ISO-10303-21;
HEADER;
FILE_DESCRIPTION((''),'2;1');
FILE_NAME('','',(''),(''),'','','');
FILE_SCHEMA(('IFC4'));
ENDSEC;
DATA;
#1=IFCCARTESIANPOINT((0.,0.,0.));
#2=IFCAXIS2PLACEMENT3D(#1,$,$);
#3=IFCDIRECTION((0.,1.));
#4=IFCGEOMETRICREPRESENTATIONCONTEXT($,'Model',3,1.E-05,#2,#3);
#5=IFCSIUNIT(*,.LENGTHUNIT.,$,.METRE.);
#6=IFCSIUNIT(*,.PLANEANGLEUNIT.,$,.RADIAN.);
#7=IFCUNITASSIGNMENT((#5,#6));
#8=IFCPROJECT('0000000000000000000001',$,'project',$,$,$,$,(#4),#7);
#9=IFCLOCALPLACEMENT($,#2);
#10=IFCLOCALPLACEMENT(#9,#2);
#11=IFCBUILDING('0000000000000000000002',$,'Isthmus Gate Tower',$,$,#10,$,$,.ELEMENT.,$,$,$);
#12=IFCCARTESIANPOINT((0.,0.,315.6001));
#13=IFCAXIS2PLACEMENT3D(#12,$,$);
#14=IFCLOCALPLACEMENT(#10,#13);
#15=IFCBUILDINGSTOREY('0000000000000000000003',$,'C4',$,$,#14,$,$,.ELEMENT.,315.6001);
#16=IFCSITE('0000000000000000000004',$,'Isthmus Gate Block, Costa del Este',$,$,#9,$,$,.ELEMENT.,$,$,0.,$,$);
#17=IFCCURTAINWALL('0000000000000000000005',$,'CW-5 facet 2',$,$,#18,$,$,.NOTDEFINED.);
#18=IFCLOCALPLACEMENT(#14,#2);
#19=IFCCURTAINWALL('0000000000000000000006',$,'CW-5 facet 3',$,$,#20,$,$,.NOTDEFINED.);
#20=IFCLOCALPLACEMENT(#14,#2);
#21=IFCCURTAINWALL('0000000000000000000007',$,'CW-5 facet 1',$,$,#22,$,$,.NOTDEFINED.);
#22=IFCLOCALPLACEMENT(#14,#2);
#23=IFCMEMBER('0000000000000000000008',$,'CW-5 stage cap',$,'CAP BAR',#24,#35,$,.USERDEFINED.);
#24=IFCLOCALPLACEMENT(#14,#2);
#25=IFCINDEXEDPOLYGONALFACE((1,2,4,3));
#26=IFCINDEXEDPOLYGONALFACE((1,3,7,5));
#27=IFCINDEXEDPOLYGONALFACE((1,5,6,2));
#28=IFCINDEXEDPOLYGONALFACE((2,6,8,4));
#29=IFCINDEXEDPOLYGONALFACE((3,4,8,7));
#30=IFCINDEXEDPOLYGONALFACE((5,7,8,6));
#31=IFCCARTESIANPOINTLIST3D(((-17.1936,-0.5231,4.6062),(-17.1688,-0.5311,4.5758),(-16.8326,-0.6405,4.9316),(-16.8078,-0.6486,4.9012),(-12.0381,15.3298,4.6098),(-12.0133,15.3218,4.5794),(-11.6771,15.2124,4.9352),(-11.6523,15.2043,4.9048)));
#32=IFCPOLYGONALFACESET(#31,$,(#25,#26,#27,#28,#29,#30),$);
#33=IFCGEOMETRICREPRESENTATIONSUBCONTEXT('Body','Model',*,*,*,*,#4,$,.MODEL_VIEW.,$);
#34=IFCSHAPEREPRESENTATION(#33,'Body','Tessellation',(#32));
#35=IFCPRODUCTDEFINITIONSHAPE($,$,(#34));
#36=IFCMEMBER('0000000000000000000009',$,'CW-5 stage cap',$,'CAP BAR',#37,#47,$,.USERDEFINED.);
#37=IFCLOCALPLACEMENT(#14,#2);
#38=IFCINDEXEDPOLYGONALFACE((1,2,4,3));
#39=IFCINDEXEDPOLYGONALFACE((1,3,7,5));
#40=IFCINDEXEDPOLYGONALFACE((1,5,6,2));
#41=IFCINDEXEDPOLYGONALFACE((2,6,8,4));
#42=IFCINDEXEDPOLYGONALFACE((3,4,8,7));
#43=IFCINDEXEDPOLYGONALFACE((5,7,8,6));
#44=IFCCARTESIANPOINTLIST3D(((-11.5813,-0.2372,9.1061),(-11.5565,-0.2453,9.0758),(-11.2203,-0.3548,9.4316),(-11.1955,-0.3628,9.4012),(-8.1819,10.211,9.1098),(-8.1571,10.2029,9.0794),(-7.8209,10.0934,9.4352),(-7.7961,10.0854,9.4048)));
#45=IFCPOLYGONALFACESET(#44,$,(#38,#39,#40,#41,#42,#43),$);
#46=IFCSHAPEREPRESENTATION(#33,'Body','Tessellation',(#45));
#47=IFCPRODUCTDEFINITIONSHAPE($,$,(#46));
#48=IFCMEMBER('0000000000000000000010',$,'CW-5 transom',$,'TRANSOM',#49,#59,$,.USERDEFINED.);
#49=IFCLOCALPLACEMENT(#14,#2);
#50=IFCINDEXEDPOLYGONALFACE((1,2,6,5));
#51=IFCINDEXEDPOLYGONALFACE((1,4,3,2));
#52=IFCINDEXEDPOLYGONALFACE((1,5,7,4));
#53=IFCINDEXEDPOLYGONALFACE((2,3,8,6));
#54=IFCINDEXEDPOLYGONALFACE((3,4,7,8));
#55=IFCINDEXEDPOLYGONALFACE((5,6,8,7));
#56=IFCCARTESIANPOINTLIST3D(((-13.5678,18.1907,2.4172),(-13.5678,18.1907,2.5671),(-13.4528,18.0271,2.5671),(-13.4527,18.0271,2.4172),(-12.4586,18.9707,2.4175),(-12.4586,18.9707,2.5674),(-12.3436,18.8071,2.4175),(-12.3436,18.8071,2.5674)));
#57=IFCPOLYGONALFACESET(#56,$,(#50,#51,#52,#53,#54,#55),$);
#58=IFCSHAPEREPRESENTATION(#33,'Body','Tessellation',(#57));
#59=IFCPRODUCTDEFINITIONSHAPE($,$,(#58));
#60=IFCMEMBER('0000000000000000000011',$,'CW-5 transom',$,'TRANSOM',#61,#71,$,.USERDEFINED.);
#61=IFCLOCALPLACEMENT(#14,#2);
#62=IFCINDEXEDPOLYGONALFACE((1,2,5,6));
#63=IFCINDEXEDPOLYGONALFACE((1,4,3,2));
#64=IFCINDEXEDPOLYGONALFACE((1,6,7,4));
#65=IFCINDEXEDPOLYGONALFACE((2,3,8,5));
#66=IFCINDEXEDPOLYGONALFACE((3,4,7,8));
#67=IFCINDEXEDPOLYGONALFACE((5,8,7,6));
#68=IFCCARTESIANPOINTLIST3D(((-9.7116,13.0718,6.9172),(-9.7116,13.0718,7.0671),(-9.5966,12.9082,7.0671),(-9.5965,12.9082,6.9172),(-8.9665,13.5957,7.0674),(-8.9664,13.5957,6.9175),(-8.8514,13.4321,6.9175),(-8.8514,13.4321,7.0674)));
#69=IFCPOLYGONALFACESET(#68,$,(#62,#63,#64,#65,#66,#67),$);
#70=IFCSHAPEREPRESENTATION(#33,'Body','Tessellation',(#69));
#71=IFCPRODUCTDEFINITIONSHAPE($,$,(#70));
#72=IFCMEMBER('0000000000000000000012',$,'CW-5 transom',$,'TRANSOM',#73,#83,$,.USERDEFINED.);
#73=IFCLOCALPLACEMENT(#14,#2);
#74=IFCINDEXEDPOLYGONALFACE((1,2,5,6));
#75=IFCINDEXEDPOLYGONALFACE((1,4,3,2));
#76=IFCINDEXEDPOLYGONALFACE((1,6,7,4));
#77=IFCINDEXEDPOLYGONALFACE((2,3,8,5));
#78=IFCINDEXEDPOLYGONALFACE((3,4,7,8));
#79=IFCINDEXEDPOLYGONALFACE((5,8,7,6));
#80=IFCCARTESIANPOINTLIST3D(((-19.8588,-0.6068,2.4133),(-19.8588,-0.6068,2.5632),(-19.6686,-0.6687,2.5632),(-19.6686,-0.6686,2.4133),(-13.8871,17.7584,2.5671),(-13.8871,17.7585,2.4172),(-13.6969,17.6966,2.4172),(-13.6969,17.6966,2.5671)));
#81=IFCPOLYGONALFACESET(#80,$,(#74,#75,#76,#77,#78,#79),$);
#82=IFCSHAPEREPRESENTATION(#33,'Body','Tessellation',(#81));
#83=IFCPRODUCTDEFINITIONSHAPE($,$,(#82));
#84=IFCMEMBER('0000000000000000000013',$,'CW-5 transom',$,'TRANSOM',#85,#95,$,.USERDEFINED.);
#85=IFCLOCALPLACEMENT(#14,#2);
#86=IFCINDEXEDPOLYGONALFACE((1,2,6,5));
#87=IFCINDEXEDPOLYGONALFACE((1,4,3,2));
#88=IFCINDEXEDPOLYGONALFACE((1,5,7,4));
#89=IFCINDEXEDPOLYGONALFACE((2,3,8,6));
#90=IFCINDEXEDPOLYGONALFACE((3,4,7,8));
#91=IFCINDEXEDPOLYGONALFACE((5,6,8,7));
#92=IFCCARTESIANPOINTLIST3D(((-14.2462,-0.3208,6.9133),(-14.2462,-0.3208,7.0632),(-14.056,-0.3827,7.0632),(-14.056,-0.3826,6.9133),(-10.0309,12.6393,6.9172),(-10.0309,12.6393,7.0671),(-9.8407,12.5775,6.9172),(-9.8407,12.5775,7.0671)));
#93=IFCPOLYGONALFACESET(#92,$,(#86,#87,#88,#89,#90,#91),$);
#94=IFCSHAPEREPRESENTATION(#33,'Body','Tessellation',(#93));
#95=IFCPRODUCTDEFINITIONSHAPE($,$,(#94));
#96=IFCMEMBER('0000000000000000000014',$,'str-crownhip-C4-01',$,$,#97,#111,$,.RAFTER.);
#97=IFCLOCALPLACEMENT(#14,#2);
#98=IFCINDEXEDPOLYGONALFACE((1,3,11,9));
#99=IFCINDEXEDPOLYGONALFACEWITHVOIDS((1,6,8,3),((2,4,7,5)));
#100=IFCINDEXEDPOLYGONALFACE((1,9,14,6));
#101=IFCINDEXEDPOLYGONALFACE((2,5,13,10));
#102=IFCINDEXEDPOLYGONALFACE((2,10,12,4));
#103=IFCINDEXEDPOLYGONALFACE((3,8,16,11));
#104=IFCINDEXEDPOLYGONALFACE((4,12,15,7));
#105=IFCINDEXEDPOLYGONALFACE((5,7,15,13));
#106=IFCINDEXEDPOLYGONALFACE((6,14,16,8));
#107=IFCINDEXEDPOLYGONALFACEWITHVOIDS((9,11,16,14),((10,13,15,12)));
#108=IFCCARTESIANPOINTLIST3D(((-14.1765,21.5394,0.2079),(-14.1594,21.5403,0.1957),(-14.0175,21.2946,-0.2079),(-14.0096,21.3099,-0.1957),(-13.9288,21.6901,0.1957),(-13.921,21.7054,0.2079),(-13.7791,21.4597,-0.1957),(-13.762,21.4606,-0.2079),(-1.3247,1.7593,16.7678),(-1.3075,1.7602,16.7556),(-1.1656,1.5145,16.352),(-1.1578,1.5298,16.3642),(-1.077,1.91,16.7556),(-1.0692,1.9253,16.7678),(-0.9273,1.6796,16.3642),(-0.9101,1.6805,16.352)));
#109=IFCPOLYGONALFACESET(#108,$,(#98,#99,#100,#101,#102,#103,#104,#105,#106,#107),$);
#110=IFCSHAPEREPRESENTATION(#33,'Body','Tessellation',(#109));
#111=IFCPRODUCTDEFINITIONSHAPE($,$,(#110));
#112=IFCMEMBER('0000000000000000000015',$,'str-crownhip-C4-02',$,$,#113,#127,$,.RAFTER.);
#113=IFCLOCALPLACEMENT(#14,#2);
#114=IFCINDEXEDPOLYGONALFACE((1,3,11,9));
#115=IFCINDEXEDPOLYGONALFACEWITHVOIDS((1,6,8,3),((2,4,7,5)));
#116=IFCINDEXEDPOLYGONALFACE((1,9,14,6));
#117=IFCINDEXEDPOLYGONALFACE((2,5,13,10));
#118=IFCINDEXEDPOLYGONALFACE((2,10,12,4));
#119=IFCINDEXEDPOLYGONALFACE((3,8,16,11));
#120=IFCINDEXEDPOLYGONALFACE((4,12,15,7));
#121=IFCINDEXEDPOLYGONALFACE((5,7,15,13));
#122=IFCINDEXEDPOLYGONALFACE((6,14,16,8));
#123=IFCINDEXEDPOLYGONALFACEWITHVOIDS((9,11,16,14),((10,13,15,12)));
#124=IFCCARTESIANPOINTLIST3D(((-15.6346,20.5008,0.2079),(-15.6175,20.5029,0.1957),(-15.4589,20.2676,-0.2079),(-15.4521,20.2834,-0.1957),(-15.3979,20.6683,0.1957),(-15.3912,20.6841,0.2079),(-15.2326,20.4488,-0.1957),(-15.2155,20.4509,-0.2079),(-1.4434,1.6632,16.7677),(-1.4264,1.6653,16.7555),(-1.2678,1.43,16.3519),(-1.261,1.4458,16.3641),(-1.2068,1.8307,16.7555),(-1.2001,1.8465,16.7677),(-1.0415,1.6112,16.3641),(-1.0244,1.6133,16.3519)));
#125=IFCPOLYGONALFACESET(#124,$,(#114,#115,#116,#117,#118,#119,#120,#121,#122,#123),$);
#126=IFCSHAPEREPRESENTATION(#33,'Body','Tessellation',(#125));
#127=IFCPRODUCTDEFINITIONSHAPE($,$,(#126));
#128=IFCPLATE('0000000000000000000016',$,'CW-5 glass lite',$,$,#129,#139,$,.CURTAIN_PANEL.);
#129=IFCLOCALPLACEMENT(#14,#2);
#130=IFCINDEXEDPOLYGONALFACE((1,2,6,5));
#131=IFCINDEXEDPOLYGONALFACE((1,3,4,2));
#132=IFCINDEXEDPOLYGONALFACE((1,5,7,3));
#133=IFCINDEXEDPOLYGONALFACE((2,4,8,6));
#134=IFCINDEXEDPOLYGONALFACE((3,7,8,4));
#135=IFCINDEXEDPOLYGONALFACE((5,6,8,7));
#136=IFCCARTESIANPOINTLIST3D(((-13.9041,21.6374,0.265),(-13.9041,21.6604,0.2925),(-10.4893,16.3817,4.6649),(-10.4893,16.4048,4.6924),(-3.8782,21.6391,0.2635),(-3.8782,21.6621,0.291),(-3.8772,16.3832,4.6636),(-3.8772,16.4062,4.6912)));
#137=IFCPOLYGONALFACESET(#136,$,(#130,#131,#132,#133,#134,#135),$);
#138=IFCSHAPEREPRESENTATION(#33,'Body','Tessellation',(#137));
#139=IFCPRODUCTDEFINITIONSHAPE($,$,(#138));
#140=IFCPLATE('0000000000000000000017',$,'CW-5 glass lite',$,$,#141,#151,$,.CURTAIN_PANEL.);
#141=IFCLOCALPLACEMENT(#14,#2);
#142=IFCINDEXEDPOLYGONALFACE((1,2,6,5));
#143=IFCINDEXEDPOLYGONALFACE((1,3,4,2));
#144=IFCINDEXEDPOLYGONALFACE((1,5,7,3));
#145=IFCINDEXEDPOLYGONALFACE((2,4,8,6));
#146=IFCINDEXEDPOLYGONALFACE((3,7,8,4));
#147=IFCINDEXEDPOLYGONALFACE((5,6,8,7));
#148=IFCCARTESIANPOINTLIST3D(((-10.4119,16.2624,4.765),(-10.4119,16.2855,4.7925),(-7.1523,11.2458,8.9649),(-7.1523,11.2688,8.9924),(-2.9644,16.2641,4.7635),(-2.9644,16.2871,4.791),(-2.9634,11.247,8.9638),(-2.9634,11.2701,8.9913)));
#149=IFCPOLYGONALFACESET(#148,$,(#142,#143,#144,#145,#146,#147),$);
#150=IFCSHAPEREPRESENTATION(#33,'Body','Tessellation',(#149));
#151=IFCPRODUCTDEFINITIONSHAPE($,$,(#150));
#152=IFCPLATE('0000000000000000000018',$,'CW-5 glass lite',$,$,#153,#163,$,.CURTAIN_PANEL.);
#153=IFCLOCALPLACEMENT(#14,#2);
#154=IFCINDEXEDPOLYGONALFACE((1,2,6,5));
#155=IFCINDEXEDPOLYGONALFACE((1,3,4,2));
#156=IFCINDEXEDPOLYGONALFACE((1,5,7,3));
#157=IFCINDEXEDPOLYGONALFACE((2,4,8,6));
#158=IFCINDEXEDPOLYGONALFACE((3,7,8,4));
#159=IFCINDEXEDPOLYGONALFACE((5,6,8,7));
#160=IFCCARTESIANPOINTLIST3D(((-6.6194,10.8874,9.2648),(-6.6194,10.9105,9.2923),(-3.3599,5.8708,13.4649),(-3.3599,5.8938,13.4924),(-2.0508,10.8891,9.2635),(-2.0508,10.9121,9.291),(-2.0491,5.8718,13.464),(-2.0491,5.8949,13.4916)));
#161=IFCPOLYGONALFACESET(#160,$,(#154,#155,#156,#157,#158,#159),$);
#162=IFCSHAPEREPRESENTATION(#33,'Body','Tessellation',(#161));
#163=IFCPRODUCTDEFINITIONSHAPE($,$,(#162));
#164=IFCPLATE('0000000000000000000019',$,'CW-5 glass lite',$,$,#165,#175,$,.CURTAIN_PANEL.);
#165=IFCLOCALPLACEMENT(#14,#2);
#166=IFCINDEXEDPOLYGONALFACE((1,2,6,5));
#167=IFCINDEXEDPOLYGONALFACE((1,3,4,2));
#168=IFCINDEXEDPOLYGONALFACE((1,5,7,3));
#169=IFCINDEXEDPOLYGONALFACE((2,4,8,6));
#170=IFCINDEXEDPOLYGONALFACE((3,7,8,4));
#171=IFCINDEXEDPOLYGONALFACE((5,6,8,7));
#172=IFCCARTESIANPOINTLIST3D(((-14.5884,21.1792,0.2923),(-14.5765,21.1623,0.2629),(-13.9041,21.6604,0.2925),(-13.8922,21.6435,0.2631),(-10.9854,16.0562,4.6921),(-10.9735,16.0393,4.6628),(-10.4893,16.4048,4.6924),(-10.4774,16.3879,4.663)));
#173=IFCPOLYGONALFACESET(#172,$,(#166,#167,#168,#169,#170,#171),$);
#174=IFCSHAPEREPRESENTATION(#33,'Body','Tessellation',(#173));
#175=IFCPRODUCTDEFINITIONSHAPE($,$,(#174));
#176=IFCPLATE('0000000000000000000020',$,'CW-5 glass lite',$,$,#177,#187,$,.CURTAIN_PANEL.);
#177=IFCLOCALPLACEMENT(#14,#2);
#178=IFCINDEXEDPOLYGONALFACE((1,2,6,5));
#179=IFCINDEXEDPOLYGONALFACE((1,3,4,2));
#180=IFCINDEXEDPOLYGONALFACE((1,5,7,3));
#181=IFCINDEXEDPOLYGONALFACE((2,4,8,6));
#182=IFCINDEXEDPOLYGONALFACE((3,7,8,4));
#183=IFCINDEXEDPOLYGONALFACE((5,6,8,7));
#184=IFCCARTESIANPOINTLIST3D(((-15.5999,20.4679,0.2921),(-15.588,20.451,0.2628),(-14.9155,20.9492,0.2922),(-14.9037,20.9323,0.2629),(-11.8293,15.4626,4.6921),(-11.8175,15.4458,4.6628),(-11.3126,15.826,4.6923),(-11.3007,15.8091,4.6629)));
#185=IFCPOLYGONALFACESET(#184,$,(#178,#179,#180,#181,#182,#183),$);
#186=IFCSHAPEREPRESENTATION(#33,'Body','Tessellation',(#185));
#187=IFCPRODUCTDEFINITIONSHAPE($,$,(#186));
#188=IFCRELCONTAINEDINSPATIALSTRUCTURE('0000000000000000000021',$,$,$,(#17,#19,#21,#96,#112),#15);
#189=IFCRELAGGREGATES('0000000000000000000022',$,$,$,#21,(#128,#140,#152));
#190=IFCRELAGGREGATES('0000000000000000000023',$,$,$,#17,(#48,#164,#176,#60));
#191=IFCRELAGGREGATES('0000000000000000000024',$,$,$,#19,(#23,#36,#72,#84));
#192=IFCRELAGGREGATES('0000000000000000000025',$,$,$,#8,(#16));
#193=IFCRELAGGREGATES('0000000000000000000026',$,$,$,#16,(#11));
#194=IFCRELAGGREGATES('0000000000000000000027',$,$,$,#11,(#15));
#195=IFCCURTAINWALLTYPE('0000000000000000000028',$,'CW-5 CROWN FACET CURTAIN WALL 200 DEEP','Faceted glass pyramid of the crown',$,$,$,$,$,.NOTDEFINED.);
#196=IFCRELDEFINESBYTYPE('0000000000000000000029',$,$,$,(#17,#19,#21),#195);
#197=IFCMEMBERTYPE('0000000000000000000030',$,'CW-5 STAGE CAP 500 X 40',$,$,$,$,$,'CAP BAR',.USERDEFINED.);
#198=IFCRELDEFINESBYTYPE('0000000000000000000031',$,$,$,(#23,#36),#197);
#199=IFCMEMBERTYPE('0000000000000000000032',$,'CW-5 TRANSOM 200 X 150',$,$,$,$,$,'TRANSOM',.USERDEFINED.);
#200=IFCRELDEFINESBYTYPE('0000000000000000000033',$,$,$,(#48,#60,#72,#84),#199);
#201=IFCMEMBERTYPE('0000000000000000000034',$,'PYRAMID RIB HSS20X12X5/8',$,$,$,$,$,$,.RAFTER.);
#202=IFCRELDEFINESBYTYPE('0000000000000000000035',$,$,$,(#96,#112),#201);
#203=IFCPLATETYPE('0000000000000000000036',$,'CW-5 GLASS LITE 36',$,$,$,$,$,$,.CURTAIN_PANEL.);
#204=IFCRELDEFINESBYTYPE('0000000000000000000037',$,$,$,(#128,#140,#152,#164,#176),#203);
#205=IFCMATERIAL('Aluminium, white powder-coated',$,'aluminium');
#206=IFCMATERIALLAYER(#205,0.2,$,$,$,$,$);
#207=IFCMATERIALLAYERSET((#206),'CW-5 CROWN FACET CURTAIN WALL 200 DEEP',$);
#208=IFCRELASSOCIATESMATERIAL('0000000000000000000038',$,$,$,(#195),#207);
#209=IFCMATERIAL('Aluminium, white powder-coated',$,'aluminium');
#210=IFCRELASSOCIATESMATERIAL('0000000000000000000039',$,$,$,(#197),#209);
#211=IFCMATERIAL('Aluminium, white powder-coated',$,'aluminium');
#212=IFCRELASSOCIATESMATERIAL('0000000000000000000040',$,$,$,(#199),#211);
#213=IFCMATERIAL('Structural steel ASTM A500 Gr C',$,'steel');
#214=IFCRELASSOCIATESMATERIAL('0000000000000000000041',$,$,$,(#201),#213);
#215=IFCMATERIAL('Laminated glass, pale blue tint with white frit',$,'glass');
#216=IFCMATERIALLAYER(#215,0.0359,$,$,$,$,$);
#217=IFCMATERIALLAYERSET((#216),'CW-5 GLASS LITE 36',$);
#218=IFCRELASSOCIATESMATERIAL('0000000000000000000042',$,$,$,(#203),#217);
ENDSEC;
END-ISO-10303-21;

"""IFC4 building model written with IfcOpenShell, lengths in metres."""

from ifc_helpers import new_model, si_unit, direction, frame, origin, origin_2d, place, context, subcontext, project, spatial, polyline, rectangle, hollow_rectangle, outline, extrude, material, layer, layer_set, material_profile, profile_set, type_object, element, aggregate, save


model = new_model("IFC4")

# Units and contexts
model_context = context("Model", 3, precision=1e-05, world=origin(), true_north=direction((0.0, 1.0)))
body_context = subcontext(model_context, "Body", "Model", "MODEL_VIEW")
ifc_project = project(units=[si_unit("LENGTHUNIT", "METRE"), si_unit("PLANEANGLEUNIT", "RADIAN")], contexts=[model_context])

# Site, building, storey
site_placement = place(None, origin())
site = spatial("IfcSite", under=ifc_project, at=site_placement, Name="Isthmus Gate Block, Costa del Este", CompositionType="ELEMENT", RefElevation=0.0)
building_placement = place(site_placement, origin())
building = spatial("IfcBuilding", under=site, at=building_placement, Name="Isthmus Gate Tower", CompositionType="ELEMENT")
storey_placement = place(building_placement, frame((0.0, 0.0, 315.6001)))
storey = spatial("IfcBuildingStorey", under=building, at=storey_placement, Name="C4", CompositionType="ELEMENT", Elevation=315.6001)

# Curtain walls
ifc_material_1 = material(Name="Aluminium, white powder-coated", Category="aluminium")
ifc_layer_1 = layer(ifc_material_1, 0.2)
ifc_layer_set_1 = layer_set([ifc_layer_1], Name="CW-5 CROWN FACET CURTAIN WALL 200 DEEP")
curtain_wall_type = type_object("IfcCurtainWallType", Name="CW-5 CROWN FACET CURTAIN WALL 200 DEEP", Description="Faceted glass pyramid of the crown", PredefinedType="NOTDEFINED", material=ifc_layer_set_1)
curtain_wall_1_placement = place(storey_placement, origin())
curtain_wall_1 = element("IfcCurtainWall", 1, at=curtain_wall_1_placement, inside=storey, type_object=curtain_wall_type, Name="CW-5 facet 2", PredefinedType="NOTDEFINED")
placement_1 = place(building_placement, frame((0.0, 0.0, 324.6001)))
curtain_wall_2_placement = place(storey_placement, origin())
curtain_wall_2 = element("IfcCurtainWall", 2, at=curtain_wall_2_placement, inside=storey, type_object=curtain_wall_type, Name="CW-5 facet 3", PredefinedType="NOTDEFINED")

# Curtain wall
curtain_wall_3_placement = place(storey_placement, origin())
curtain_wall_3 = element("IfcCurtainWall", 3, at=curtain_wall_3_placement, inside=storey, type_object=curtain_wall_type, Name="CW-5 facet 1", PredefinedType="NOTDEFINED")
placement_2 = place(building_placement, frame((0.0, 0.0, 320.1001)))

# Members
ifc_material_2 = material(Name="Aluminium, white powder-coated", Category="aluminium")
ifc_material_profile_1 = material_profile(ifc_material_2, rectangle(XDim=0.5, YDim=0.04, at=origin_2d()), Name="500x40")
ifc_profile_set_1 = profile_set([ifc_material_profile_1], Name="Aluminium, white powder-coated")
member_type_1 = type_object("IfcMemberType", Name="CW-5 STAGE CAP 500 X 40", ElementType="CAP BAR", PredefinedType="USERDEFINED", material=ifc_profile_set_1)
member_1_placement = place(storey_placement, frame((-11.8452, 15.2671, 4.7573), z_axis=(-0.309264, -0.950976, -0.00022), x_axis=(0.721953, -0.234935, 0.650838)))
member_1 = element("IfcMember", 4, at=member_1_placement, type_object=member_type_1, Name="CW-5 stage cap", ObjectType="CAP BAR", PredefinedType="USERDEFINED", context=body_context, shape_type="SweptSolid", body=[
    extrude(rectangle(XDim=0.5, YDim=0.04, at=origin_2d()), origin(), (0.0, 0.0, 1.0), 16.6702),
])
member_2_placement = place(placement_2, frame((-7.989, 10.1482, 4.7573), z_axis=(-0.309394, -0.950934, -0.000333), x_axis=(0.721898, -0.235103, 0.650838)))
member_2 = element("IfcMember", 5, at=member_2_placement, type_object=member_type_1, Name="CW-5 stage cap", ObjectType="CAP BAR", PredefinedType="USERDEFINED", context=body_context, shape_type="SweptSolid", body=[
    extrude(rectangle(XDim=0.5, YDim=0.04, at=origin_2d()), origin(), (0.0, 0.0, 1.0), 10.9873),
])
ifc_material_3 = material(Name="Aluminium, white powder-coated", Category="aluminium")
ifc_material_profile_2 = material_profile(ifc_material_3, rectangle(XDim=0.2, YDim=0.1499, at=origin_2d()), Name="200x150")
ifc_profile_set_2 = profile_set([ifc_material_profile_2], Name="Aluminium, white powder-coated")
member_type_2 = type_object("IfcMemberType", Name="CW-5 TRANSOM 200 X 150", ElementType="TRANSOM", PredefinedType="USERDEFINED", material=ifc_profile_set_2)
member_3_placement = place(storey_placement, frame((-12.4011, 18.8889, 2.4924), z_axis=(-0.81797, -0.575261, -0.00018), x_axis=(0.575261, -0.81797, 0.0)))
member_3 = element("IfcMember", 6, at=member_3_placement, type_object=member_type_2, Name="CW-5 transom", ObjectType="TRANSOM", PredefinedType="USERDEFINED", context=body_context, shape_type="SweptSolid", body=[
    extrude(rectangle(XDim=0.2, YDim=0.1499, at=origin_2d()), origin(), (0.0, 0.0, 1.0), 1.356),
])
member_4_placement = place(placement_2, frame((-8.9089, 13.5139, 2.4924), z_axis=(-0.818021, -0.575188, -0.000268), x_axis=(0.575188, -0.818021, 0.0)))
member_4 = element("IfcMember", 7, at=member_4_placement, type_object=member_type_2, Name="CW-5 transom", ObjectType="TRANSOM", PredefinedType="USERDEFINED", context=body_context, shape_type="SweptSolid", body=[
    extrude(rectangle(XDim=0.2, YDim=0.1499, at=origin_2d()), origin(), (0.0, 0.0, 1.0), 0.9109),
])
member_5_placement = place(storey_placement, frame((-13.792, 17.7275, 2.4922), z_axis=(-0.309226, -0.950989, -0.000202), x_axis=(0.950989, -0.309226, 0.0)))
member_5 = element("IfcMember", 8, at=member_5_placement, type_object=member_type_2, Name="CW-5 transom", ObjectType="TRANSOM", PredefinedType="USERDEFINED", context=body_context, shape_type="SweptSolid", body=[
    extrude(rectangle(XDim=0.2, YDim=0.1499, at=origin_2d()), origin(), (0.0, 0.0, 1.0), 19.3118),
])
member_6_placement = place(placement_2, frame((-9.9358, 12.6084, 2.4922), z_axis=(-0.309303, -0.950964, -0.000287), x_axis=(0.950964, -0.309303, 0.0)))
member_6 = element("IfcMember", 9, at=member_6_placement, type_object=member_type_2, Name="CW-5 transom", ObjectType="TRANSOM", PredefinedType="USERDEFINED", context=body_context, shape_type="SweptSolid", body=[
    extrude(rectangle(XDim=0.2, YDim=0.1499, at=origin_2d()), origin(), (0.0, 0.0, 1.0), 13.6284),
])

# Members
ifc_material_4 = material(Name="Structural steel ASTM A500 Gr C", Category="steel")
ifc_material_profile_3 = material_profile(ifc_material_4, hollow_rectangle(XDim=0.3047, YDim=0.5081, WallThickness=0.0149, at=origin_2d()), Name="HSS20X12X5/8")
ifc_profile_set_3 = profile_set([ifc_material_profile_3], Name="Structural steel ASTM A500 Gr C")
member_type_3 = type_object("IfcMemberType", Name="PYRAMID RIB HSS20X12X5/8", PredefinedType="RAFTER", material=ifc_profile_set_3)
member_7_placement = place(storey_placement, frame((-13.9692, 21.5, 0.0), z_axis=(0.445919, -0.686308, 0.574576), x_axis=(0.838545, 0.544833, 0.0)))
element("IfcMember", 10, at=member_7_placement, inside=storey, type_object=member_type_3, Name="str-crownhip-C4-01", PredefinedType="RAFTER", context=body_context, shape_type="SweptSolid", body=[
    extrude(hollow_rectangle(XDim=0.3047, YDim=0.5081, WallThickness=0.0149, at=origin_2d()), origin(), (0.0, 0.0, 1.0), 28.821),
])
member_8_placement = place(storey_placement, frame((-15.425, 20.4758, 0.0), z_axis=(0.492442, -0.653678, 0.574636), x_axis=(0.798717, 0.601706, 0.0)))
element("IfcMember", 11, at=member_8_placement, inside=storey, type_object=member_type_3, Name="str-crownhip-C4-02", PredefinedType="RAFTER", context=body_context, shape_type="SweptSolid", body=[
    extrude(hollow_rectangle(XDim=0.3047, YDim=0.5081, WallThickness=0.0149, at=origin_2d()), origin(), (0.0, 0.0, 1.0), 28.8179),
])

# Plates
ifc_material_5 = material(Name="Laminated glass, pale blue tint with white frit", Category="glass")
ifc_layer_2 = layer(ifc_material_5, 0.0359)
ifc_layer_set_2 = layer_set([ifc_layer_2], Name="CW-5 GLASS LITE 36")
plate_type = type_object("IfcPlateType", Name="CW-5 GLASS LITE 36", PredefinedType="CURTAIN_PANEL", material=ifc_layer_set_2)
plate_1_placement = place(storey_placement, frame((-3.8782, 21.6621, 0.291), z_axis=(0.000001, 0.641926, 0.766767), x_axis=(-1.0, -0.000171, 0.000145)))
plate_1 = element("IfcPlate", 12, at=plate_1_placement, type_object=plate_type, Name="CW-5 glass lite", PredefinedType="CURTAIN_PANEL", context=body_context, shape_type="SweptSolid", body=[
    extrude(outline(polyline([(0.0, 0.0), (10.0259, 0.0), (6.6126, 6.855), (0.0006, 6.8546), (0.0, 0.0)])), origin(), (0.0, 0.0, -1.0), 0.0359),
])
plate_2_placement = place(placement_2, frame((-2.9644, 16.2871, 0.291), z_axis=(0.000015, 0.641933, 0.766761), x_axis=(-1.0, -0.000222, 0.000206)))
plate_2 = element("IfcPlate", 13, at=plate_2_placement, type_object=plate_type, Name="CW-5 glass lite", PredefinedType="CURTAIN_PANEL", context=body_context, shape_type="SweptSolid", body=[
    extrude(outline(polyline([(0.0, 0.0), (7.4475, 0.0), (4.19, 6.5436), (0.001, 6.5432), (0.0, 0.0)])), origin(), (0.0, 0.0, -1.0), 0.0359),
])
plate_3_placement = place(placement_1, frame((-2.0508, 10.9121, 0.291), z_axis=(-0.000007, 0.641941, 0.766754), x_axis=(-1.0, -0.000356, 0.000289)))
plate_3 = element("IfcPlate", 14, at=plate_3_placement, type_object=plate_type, Name="CW-5 glass lite", PredefinedType="CURTAIN_PANEL", context=body_context, shape_type="SweptSolid", body=[
    extrude(outline(polyline([(0.0, 0.0), (4.5686, 0.0), (1.3121, 6.5443), (0.0013, 6.5435), (0.0, 0.0)])), origin(), (0.0, 0.0, -1.0), 0.0359),
])
aggregate(curtain_wall_3, [plate_1, plate_2, plate_3])
plate_4_placement = place(storey_placement, frame((-13.9041, 21.6604, 0.2925), z_axis=(-0.330818, 0.470099, 0.81827), x_axis=(-0.81802, -0.57519, -0.000268)))
plate_4 = element("IfcPlate", 15, at=plate_4_placement, type_object=plate_type, Name="CW-5 glass lite", PredefinedType="CURTAIN_PANEL", context=body_context, shape_type="SweptSolid", body=[
    extrude(outline(polyline([(0.0, 0.0), (0.8366, 0.0), (0.8348, 7.6542), (0.2284, 7.6544), (0.0, 0.0)])), origin(), (0.0, 0.0, -1.0), 0.0359),
])
plate_5_placement = place(storey_placement, frame((-14.9155, 20.9492, 0.2922), z_axis=(-0.330787, 0.470132, 0.818264), x_axis=(-0.817942, -0.575301, -0.00012)))
plate_5 = element("IfcPlate", 16, at=plate_5_placement, type_object=plate_type, Name="CW-5 glass lite", PredefinedType="CURTAIN_PANEL", context=body_context, shape_type="SweptSolid", body=[
    extrude(outline(polyline([(0.0, 0.0), (0.8367, 0.0), (0.6316, 7.6542), (-0.0002, 7.6543), (0.0, 0.0)])), origin(), (0.0, 0.0, -1.0), 0.0359),
])
aggregate(curtain_wall_1, [member_3, plate_4, plate_5, member_4])
aggregate(curtain_wall_2, [member_1, member_2, member_5, member_6])

save(model, "model.ifc")
